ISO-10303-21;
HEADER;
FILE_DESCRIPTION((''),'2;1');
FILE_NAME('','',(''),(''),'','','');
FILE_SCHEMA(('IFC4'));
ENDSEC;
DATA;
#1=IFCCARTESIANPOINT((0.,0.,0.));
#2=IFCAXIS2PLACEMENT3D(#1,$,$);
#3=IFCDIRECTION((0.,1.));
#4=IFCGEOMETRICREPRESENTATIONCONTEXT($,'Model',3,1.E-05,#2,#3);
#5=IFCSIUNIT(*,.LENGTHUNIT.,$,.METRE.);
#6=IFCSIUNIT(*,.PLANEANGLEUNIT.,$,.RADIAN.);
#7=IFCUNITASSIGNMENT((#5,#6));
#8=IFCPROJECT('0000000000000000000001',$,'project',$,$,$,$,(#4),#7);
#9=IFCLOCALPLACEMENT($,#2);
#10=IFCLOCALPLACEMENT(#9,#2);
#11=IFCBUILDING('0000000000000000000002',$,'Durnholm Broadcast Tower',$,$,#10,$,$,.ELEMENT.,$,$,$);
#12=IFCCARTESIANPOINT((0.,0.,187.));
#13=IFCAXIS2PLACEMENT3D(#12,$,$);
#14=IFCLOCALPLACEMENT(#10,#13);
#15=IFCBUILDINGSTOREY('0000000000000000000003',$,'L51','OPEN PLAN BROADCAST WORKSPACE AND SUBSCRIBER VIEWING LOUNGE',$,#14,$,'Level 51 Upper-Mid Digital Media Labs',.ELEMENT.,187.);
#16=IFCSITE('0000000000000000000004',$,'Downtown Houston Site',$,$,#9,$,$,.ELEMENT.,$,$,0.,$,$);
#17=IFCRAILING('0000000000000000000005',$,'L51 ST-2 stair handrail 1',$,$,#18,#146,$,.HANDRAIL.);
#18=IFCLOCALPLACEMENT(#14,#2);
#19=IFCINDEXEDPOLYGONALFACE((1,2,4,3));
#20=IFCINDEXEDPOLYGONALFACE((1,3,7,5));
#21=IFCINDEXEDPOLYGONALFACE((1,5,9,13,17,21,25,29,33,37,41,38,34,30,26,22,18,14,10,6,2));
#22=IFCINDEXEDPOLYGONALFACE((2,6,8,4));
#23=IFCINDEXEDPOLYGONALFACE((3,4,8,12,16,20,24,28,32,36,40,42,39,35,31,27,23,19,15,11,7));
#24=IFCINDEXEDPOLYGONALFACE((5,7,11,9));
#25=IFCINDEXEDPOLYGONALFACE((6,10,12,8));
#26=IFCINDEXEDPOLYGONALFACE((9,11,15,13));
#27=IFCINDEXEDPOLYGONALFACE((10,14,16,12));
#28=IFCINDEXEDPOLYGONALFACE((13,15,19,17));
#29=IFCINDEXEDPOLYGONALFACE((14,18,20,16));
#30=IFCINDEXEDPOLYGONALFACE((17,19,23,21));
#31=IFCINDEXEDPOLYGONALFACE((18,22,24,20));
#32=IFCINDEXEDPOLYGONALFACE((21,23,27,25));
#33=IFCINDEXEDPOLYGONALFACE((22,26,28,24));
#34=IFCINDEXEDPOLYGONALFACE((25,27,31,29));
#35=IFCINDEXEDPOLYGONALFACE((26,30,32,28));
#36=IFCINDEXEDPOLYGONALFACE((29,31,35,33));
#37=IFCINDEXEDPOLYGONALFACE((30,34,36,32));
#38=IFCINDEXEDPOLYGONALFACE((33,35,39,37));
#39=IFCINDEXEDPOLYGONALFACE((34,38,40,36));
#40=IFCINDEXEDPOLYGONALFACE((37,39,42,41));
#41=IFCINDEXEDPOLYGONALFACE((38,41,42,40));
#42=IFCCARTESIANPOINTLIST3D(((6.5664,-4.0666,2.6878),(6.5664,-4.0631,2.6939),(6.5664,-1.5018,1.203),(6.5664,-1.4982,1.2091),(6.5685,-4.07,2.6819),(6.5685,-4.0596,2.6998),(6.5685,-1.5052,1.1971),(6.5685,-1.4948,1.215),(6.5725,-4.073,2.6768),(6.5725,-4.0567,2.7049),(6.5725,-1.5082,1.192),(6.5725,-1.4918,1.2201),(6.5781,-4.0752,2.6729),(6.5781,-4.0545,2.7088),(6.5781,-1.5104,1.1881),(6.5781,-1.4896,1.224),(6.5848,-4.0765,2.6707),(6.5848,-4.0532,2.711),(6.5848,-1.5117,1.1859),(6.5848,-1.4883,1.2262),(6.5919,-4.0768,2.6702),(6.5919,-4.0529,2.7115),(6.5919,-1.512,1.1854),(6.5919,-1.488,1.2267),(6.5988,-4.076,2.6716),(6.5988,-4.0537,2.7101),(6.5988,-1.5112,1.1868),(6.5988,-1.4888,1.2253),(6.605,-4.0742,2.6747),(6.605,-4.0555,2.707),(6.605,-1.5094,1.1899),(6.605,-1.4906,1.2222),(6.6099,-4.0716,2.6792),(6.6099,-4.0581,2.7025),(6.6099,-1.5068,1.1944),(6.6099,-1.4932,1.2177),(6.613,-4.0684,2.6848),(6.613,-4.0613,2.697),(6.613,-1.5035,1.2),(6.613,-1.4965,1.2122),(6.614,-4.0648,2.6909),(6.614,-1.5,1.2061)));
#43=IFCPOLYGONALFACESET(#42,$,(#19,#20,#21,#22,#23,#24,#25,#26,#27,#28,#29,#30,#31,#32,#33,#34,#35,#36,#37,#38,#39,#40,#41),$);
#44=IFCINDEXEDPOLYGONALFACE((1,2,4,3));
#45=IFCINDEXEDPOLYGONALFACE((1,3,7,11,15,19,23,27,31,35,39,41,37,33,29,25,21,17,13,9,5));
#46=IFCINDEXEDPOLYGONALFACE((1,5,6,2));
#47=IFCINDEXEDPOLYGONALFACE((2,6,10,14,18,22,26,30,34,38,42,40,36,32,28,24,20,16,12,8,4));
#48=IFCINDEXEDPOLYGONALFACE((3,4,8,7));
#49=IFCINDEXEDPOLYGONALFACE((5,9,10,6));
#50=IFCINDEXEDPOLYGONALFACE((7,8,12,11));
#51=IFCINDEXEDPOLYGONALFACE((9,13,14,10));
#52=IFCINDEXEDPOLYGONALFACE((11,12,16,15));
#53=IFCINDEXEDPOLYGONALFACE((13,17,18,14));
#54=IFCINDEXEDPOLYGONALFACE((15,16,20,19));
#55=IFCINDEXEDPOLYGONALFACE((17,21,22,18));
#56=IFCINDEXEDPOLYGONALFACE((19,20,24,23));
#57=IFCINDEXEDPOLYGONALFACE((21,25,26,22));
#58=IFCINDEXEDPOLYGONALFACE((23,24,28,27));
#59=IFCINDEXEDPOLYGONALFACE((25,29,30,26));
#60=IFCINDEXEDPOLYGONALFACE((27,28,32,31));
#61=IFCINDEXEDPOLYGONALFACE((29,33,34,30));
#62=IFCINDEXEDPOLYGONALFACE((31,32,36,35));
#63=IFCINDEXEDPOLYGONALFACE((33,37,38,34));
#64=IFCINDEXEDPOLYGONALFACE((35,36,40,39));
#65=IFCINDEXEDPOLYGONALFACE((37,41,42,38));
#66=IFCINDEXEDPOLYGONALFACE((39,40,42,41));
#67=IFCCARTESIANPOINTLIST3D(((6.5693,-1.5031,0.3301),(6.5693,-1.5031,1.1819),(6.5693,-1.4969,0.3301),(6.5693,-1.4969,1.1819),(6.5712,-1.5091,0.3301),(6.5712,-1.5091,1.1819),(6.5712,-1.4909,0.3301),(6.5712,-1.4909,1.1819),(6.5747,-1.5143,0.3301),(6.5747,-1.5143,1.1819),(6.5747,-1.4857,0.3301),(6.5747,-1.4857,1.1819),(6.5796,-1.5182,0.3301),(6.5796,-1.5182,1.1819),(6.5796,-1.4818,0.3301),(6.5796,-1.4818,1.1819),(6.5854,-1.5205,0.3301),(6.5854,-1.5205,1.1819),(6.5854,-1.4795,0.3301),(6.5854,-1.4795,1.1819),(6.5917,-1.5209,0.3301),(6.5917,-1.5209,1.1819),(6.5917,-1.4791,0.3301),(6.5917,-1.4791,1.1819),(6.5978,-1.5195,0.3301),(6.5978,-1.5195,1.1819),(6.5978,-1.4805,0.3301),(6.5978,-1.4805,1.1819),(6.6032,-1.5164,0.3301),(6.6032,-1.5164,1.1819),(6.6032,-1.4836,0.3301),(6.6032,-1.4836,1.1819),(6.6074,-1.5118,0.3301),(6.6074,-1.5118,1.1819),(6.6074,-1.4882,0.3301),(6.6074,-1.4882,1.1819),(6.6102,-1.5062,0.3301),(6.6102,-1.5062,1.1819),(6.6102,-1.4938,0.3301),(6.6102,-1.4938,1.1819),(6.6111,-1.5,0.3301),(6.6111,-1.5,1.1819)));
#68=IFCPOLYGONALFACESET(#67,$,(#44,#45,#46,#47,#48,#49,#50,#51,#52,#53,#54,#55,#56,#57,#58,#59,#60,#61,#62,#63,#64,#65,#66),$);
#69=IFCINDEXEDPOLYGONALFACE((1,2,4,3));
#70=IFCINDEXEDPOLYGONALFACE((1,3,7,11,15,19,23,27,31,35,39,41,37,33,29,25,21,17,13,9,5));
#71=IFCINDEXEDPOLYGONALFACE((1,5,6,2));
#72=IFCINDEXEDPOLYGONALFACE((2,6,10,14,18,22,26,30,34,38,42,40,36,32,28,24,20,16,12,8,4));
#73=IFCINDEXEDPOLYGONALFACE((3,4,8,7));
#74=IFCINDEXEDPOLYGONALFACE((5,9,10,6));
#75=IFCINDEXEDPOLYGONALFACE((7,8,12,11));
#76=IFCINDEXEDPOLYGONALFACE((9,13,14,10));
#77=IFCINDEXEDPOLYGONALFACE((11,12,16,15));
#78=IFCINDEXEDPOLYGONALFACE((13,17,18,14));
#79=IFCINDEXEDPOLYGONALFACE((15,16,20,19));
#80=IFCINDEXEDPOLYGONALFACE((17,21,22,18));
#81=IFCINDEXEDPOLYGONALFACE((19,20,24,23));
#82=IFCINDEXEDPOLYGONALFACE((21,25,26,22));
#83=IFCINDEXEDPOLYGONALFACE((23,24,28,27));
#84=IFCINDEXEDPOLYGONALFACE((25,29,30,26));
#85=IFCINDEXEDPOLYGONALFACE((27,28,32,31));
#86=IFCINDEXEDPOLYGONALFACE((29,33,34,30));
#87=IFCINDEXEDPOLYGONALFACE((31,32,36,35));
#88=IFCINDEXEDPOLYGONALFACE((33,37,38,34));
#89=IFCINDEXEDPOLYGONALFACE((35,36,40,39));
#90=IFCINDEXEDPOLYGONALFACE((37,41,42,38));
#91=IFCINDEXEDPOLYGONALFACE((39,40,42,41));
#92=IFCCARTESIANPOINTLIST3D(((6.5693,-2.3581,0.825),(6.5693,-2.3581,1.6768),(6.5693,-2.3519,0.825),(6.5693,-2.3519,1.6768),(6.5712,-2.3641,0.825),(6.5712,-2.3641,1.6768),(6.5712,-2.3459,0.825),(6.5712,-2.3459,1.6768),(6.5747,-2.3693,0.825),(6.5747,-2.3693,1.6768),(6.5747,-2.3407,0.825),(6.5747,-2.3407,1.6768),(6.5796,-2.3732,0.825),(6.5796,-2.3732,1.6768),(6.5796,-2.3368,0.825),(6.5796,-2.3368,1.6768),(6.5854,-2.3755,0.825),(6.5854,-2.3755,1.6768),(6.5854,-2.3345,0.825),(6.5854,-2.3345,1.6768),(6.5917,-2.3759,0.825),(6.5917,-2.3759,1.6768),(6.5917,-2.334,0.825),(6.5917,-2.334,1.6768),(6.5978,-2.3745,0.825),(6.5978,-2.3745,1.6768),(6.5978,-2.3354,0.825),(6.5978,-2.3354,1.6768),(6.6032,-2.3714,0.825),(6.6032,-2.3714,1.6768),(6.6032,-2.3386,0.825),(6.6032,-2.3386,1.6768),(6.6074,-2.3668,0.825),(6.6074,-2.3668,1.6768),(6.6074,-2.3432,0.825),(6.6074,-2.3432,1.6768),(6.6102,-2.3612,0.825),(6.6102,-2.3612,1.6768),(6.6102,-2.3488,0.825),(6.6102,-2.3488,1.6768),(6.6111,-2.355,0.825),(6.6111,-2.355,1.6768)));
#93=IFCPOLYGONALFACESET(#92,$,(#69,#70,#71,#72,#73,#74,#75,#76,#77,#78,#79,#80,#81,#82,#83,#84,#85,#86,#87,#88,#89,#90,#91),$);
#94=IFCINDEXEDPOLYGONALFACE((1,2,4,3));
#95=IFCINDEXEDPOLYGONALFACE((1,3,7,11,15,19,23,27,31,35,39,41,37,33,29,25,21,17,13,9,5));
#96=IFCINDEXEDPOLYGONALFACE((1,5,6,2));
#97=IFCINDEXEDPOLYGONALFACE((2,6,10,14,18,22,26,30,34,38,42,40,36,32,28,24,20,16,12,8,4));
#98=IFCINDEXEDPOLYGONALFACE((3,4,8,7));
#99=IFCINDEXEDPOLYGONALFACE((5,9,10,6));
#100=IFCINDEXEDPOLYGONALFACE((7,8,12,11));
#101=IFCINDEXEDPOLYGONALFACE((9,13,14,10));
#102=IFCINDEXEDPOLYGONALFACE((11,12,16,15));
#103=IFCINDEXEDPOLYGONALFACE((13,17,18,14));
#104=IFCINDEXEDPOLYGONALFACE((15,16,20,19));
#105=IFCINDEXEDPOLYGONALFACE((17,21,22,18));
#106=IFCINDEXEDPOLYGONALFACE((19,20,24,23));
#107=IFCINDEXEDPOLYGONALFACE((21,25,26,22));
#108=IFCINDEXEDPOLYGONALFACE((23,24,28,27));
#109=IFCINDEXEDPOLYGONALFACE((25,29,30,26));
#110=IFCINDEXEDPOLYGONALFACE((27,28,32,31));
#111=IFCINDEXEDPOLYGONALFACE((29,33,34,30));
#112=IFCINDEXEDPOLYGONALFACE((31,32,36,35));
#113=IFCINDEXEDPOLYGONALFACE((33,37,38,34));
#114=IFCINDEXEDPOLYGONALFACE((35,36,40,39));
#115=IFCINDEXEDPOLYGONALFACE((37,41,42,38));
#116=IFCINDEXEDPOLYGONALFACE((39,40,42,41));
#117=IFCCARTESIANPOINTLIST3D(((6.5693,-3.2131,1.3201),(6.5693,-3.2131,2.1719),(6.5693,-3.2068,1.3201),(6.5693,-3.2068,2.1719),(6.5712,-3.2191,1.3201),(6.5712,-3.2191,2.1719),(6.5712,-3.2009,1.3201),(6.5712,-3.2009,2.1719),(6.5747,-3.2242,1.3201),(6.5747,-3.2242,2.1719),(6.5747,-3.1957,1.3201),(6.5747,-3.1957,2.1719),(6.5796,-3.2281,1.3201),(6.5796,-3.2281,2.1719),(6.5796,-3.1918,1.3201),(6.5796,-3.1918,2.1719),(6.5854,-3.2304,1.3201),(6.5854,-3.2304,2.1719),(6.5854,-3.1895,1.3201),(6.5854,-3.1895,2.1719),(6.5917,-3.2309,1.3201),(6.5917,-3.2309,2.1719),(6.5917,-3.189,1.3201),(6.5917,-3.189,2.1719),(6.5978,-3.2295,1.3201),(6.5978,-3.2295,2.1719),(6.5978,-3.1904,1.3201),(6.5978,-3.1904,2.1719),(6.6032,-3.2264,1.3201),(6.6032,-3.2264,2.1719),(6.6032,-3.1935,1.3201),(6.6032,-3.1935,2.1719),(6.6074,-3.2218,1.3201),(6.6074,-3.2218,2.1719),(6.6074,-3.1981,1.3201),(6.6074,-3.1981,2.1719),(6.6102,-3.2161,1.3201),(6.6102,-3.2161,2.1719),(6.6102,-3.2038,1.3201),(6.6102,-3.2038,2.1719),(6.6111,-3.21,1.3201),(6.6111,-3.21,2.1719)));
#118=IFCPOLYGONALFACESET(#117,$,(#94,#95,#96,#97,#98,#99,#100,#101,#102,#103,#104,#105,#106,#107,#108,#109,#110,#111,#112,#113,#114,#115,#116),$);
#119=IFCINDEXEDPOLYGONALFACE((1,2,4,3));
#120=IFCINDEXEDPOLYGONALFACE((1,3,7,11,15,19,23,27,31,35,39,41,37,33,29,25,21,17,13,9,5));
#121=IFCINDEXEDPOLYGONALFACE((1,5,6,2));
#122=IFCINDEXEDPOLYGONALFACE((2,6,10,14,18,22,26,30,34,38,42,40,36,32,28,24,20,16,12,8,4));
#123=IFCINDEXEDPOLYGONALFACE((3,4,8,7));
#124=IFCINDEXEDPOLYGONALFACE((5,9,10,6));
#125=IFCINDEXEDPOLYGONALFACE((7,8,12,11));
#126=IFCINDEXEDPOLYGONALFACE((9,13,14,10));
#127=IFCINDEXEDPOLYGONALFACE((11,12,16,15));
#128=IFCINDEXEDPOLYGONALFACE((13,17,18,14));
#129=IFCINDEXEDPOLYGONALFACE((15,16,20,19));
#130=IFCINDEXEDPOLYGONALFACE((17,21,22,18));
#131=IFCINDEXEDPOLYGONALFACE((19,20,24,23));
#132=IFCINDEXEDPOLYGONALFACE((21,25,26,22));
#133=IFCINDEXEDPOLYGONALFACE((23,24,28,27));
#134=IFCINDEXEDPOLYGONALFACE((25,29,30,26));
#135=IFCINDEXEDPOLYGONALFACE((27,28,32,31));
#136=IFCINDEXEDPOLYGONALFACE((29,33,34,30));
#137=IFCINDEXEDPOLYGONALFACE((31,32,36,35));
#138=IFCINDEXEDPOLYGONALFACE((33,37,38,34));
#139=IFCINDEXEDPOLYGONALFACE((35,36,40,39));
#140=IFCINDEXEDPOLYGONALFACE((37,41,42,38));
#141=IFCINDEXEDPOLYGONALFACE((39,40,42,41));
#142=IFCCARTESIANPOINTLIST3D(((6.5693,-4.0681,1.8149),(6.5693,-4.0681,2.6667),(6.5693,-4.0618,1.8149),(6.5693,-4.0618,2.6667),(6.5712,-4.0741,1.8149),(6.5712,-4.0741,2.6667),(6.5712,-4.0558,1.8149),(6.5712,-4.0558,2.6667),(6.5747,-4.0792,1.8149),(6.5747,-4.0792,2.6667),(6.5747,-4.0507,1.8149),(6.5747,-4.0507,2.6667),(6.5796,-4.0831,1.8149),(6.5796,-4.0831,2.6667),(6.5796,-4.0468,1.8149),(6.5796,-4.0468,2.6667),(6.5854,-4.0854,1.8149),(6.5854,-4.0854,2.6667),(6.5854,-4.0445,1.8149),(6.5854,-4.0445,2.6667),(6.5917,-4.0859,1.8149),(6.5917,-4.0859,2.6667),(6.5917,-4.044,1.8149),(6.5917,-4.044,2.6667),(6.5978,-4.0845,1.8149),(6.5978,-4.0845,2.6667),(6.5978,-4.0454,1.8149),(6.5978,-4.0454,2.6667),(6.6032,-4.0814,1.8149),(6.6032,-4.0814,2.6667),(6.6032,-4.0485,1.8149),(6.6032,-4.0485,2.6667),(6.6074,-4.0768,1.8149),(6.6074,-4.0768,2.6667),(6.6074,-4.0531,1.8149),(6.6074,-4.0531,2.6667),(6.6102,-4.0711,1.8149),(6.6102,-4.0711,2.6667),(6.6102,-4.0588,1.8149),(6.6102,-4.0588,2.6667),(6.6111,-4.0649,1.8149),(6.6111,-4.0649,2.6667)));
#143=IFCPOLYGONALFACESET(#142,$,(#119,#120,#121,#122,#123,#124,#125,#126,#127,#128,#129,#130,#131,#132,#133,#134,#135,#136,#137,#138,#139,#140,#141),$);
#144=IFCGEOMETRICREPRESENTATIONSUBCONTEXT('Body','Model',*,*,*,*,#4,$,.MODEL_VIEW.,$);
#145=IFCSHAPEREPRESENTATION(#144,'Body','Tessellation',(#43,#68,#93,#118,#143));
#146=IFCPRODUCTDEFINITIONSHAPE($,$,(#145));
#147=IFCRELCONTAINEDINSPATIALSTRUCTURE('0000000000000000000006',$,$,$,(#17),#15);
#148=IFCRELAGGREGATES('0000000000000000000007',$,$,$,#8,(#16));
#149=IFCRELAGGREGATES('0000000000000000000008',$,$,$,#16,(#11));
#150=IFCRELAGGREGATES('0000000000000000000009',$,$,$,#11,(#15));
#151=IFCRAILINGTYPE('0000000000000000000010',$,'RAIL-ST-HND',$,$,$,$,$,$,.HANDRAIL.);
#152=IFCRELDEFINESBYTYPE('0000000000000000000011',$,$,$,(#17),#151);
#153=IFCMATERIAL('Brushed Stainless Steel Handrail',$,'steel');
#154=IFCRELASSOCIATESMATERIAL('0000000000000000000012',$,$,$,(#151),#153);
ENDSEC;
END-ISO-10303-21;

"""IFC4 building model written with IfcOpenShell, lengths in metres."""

from ifc_helpers import new_model, si_unit, direction, frame, origin, origin_2d, place, context, subcontext, project, spatial, circle, extrude, material, type_object, element, save


model = new_model("IFC4")

# Units and contexts
model_context = context("Model", 3, precision=1e-05, world=origin(), true_north=direction((0.0, 1.0)))
body_context = subcontext(model_context, "Body", "Model", "MODEL_VIEW")
ifc_project = project(units=[si_unit("LENGTHUNIT", "METRE"), si_unit("PLANEANGLEUNIT", "RADIAN")], contexts=[model_context])

# Site, building, storey
site_placement = place(None, origin())
site = spatial("IfcSite", under=ifc_project, at=site_placement, Name="Downtown Houston Site", CompositionType="ELEMENT", RefElevation=0.0)
building_placement = place(site_placement, origin())
building = spatial("IfcBuilding", under=site, at=building_placement, Name="Durnholm Broadcast Tower", CompositionType="ELEMENT")
storey_placement = place(building_placement, frame((0.0, 0.0, 187.0)))
storey = spatial("IfcBuildingStorey", under=building, at=storey_placement, Name="L51", Description="OPEN PLAN BROADCAST WORKSPACE AND SUBSCRIBER VIEWING LOUNGE", LongName="Level 51 Upper-Mid Digital Media Labs", CompositionType="ELEMENT", Elevation=187.0)

# Railing
ifc_material_1 = material(Name="Brushed Stainless Steel Handrail", Category="steel")
railing_type_1 = type_object("IfcRailingType", Name="RAIL-ST-HND", PredefinedType="HANDRAIL", material=ifc_material_1)
railing_1_placement = place(storey_placement, frame((6.5901, -1.5, 0.3301)))
element("IfcRailing", 1, at=railing_1_placement, inside=storey, type_object=railing_type_1, Name="L51 ST-2 stair handrail 1", PredefinedType="HANDRAIL", context=body_context, shape_type="SweptSolid", body=[
    extrude(circle(Radius=0.0239, at=origin_2d()), frame((0.0, 0.0, 0.876), z_axis=(0.0, -0.865441, 0.50101), x_axis=(1.0, 0.0, 0.0)), (0.0, 0.0, 1.0), 2.9636),
    extrude(circle(Radius=0.021, at=origin_2d()), origin(), (0.0, 0.0, 1.0), 0.8518),
    extrude(circle(Radius=0.021, at=origin_2d()), frame((0.0, -0.855, 0.4949)), (0.0, 0.0, 1.0), 0.8518),
    extrude(circle(Radius=0.021, at=origin_2d()), frame((0.0, -1.71, 0.99)), (0.0, 0.0, 1.0), 0.8518),
    extrude(circle(Radius=0.021, at=origin_2d()), frame((0.0, -2.5649, 1.4849)), (0.0, 0.0, 1.0), 0.8518),
])

save(model, "model.ifc")
